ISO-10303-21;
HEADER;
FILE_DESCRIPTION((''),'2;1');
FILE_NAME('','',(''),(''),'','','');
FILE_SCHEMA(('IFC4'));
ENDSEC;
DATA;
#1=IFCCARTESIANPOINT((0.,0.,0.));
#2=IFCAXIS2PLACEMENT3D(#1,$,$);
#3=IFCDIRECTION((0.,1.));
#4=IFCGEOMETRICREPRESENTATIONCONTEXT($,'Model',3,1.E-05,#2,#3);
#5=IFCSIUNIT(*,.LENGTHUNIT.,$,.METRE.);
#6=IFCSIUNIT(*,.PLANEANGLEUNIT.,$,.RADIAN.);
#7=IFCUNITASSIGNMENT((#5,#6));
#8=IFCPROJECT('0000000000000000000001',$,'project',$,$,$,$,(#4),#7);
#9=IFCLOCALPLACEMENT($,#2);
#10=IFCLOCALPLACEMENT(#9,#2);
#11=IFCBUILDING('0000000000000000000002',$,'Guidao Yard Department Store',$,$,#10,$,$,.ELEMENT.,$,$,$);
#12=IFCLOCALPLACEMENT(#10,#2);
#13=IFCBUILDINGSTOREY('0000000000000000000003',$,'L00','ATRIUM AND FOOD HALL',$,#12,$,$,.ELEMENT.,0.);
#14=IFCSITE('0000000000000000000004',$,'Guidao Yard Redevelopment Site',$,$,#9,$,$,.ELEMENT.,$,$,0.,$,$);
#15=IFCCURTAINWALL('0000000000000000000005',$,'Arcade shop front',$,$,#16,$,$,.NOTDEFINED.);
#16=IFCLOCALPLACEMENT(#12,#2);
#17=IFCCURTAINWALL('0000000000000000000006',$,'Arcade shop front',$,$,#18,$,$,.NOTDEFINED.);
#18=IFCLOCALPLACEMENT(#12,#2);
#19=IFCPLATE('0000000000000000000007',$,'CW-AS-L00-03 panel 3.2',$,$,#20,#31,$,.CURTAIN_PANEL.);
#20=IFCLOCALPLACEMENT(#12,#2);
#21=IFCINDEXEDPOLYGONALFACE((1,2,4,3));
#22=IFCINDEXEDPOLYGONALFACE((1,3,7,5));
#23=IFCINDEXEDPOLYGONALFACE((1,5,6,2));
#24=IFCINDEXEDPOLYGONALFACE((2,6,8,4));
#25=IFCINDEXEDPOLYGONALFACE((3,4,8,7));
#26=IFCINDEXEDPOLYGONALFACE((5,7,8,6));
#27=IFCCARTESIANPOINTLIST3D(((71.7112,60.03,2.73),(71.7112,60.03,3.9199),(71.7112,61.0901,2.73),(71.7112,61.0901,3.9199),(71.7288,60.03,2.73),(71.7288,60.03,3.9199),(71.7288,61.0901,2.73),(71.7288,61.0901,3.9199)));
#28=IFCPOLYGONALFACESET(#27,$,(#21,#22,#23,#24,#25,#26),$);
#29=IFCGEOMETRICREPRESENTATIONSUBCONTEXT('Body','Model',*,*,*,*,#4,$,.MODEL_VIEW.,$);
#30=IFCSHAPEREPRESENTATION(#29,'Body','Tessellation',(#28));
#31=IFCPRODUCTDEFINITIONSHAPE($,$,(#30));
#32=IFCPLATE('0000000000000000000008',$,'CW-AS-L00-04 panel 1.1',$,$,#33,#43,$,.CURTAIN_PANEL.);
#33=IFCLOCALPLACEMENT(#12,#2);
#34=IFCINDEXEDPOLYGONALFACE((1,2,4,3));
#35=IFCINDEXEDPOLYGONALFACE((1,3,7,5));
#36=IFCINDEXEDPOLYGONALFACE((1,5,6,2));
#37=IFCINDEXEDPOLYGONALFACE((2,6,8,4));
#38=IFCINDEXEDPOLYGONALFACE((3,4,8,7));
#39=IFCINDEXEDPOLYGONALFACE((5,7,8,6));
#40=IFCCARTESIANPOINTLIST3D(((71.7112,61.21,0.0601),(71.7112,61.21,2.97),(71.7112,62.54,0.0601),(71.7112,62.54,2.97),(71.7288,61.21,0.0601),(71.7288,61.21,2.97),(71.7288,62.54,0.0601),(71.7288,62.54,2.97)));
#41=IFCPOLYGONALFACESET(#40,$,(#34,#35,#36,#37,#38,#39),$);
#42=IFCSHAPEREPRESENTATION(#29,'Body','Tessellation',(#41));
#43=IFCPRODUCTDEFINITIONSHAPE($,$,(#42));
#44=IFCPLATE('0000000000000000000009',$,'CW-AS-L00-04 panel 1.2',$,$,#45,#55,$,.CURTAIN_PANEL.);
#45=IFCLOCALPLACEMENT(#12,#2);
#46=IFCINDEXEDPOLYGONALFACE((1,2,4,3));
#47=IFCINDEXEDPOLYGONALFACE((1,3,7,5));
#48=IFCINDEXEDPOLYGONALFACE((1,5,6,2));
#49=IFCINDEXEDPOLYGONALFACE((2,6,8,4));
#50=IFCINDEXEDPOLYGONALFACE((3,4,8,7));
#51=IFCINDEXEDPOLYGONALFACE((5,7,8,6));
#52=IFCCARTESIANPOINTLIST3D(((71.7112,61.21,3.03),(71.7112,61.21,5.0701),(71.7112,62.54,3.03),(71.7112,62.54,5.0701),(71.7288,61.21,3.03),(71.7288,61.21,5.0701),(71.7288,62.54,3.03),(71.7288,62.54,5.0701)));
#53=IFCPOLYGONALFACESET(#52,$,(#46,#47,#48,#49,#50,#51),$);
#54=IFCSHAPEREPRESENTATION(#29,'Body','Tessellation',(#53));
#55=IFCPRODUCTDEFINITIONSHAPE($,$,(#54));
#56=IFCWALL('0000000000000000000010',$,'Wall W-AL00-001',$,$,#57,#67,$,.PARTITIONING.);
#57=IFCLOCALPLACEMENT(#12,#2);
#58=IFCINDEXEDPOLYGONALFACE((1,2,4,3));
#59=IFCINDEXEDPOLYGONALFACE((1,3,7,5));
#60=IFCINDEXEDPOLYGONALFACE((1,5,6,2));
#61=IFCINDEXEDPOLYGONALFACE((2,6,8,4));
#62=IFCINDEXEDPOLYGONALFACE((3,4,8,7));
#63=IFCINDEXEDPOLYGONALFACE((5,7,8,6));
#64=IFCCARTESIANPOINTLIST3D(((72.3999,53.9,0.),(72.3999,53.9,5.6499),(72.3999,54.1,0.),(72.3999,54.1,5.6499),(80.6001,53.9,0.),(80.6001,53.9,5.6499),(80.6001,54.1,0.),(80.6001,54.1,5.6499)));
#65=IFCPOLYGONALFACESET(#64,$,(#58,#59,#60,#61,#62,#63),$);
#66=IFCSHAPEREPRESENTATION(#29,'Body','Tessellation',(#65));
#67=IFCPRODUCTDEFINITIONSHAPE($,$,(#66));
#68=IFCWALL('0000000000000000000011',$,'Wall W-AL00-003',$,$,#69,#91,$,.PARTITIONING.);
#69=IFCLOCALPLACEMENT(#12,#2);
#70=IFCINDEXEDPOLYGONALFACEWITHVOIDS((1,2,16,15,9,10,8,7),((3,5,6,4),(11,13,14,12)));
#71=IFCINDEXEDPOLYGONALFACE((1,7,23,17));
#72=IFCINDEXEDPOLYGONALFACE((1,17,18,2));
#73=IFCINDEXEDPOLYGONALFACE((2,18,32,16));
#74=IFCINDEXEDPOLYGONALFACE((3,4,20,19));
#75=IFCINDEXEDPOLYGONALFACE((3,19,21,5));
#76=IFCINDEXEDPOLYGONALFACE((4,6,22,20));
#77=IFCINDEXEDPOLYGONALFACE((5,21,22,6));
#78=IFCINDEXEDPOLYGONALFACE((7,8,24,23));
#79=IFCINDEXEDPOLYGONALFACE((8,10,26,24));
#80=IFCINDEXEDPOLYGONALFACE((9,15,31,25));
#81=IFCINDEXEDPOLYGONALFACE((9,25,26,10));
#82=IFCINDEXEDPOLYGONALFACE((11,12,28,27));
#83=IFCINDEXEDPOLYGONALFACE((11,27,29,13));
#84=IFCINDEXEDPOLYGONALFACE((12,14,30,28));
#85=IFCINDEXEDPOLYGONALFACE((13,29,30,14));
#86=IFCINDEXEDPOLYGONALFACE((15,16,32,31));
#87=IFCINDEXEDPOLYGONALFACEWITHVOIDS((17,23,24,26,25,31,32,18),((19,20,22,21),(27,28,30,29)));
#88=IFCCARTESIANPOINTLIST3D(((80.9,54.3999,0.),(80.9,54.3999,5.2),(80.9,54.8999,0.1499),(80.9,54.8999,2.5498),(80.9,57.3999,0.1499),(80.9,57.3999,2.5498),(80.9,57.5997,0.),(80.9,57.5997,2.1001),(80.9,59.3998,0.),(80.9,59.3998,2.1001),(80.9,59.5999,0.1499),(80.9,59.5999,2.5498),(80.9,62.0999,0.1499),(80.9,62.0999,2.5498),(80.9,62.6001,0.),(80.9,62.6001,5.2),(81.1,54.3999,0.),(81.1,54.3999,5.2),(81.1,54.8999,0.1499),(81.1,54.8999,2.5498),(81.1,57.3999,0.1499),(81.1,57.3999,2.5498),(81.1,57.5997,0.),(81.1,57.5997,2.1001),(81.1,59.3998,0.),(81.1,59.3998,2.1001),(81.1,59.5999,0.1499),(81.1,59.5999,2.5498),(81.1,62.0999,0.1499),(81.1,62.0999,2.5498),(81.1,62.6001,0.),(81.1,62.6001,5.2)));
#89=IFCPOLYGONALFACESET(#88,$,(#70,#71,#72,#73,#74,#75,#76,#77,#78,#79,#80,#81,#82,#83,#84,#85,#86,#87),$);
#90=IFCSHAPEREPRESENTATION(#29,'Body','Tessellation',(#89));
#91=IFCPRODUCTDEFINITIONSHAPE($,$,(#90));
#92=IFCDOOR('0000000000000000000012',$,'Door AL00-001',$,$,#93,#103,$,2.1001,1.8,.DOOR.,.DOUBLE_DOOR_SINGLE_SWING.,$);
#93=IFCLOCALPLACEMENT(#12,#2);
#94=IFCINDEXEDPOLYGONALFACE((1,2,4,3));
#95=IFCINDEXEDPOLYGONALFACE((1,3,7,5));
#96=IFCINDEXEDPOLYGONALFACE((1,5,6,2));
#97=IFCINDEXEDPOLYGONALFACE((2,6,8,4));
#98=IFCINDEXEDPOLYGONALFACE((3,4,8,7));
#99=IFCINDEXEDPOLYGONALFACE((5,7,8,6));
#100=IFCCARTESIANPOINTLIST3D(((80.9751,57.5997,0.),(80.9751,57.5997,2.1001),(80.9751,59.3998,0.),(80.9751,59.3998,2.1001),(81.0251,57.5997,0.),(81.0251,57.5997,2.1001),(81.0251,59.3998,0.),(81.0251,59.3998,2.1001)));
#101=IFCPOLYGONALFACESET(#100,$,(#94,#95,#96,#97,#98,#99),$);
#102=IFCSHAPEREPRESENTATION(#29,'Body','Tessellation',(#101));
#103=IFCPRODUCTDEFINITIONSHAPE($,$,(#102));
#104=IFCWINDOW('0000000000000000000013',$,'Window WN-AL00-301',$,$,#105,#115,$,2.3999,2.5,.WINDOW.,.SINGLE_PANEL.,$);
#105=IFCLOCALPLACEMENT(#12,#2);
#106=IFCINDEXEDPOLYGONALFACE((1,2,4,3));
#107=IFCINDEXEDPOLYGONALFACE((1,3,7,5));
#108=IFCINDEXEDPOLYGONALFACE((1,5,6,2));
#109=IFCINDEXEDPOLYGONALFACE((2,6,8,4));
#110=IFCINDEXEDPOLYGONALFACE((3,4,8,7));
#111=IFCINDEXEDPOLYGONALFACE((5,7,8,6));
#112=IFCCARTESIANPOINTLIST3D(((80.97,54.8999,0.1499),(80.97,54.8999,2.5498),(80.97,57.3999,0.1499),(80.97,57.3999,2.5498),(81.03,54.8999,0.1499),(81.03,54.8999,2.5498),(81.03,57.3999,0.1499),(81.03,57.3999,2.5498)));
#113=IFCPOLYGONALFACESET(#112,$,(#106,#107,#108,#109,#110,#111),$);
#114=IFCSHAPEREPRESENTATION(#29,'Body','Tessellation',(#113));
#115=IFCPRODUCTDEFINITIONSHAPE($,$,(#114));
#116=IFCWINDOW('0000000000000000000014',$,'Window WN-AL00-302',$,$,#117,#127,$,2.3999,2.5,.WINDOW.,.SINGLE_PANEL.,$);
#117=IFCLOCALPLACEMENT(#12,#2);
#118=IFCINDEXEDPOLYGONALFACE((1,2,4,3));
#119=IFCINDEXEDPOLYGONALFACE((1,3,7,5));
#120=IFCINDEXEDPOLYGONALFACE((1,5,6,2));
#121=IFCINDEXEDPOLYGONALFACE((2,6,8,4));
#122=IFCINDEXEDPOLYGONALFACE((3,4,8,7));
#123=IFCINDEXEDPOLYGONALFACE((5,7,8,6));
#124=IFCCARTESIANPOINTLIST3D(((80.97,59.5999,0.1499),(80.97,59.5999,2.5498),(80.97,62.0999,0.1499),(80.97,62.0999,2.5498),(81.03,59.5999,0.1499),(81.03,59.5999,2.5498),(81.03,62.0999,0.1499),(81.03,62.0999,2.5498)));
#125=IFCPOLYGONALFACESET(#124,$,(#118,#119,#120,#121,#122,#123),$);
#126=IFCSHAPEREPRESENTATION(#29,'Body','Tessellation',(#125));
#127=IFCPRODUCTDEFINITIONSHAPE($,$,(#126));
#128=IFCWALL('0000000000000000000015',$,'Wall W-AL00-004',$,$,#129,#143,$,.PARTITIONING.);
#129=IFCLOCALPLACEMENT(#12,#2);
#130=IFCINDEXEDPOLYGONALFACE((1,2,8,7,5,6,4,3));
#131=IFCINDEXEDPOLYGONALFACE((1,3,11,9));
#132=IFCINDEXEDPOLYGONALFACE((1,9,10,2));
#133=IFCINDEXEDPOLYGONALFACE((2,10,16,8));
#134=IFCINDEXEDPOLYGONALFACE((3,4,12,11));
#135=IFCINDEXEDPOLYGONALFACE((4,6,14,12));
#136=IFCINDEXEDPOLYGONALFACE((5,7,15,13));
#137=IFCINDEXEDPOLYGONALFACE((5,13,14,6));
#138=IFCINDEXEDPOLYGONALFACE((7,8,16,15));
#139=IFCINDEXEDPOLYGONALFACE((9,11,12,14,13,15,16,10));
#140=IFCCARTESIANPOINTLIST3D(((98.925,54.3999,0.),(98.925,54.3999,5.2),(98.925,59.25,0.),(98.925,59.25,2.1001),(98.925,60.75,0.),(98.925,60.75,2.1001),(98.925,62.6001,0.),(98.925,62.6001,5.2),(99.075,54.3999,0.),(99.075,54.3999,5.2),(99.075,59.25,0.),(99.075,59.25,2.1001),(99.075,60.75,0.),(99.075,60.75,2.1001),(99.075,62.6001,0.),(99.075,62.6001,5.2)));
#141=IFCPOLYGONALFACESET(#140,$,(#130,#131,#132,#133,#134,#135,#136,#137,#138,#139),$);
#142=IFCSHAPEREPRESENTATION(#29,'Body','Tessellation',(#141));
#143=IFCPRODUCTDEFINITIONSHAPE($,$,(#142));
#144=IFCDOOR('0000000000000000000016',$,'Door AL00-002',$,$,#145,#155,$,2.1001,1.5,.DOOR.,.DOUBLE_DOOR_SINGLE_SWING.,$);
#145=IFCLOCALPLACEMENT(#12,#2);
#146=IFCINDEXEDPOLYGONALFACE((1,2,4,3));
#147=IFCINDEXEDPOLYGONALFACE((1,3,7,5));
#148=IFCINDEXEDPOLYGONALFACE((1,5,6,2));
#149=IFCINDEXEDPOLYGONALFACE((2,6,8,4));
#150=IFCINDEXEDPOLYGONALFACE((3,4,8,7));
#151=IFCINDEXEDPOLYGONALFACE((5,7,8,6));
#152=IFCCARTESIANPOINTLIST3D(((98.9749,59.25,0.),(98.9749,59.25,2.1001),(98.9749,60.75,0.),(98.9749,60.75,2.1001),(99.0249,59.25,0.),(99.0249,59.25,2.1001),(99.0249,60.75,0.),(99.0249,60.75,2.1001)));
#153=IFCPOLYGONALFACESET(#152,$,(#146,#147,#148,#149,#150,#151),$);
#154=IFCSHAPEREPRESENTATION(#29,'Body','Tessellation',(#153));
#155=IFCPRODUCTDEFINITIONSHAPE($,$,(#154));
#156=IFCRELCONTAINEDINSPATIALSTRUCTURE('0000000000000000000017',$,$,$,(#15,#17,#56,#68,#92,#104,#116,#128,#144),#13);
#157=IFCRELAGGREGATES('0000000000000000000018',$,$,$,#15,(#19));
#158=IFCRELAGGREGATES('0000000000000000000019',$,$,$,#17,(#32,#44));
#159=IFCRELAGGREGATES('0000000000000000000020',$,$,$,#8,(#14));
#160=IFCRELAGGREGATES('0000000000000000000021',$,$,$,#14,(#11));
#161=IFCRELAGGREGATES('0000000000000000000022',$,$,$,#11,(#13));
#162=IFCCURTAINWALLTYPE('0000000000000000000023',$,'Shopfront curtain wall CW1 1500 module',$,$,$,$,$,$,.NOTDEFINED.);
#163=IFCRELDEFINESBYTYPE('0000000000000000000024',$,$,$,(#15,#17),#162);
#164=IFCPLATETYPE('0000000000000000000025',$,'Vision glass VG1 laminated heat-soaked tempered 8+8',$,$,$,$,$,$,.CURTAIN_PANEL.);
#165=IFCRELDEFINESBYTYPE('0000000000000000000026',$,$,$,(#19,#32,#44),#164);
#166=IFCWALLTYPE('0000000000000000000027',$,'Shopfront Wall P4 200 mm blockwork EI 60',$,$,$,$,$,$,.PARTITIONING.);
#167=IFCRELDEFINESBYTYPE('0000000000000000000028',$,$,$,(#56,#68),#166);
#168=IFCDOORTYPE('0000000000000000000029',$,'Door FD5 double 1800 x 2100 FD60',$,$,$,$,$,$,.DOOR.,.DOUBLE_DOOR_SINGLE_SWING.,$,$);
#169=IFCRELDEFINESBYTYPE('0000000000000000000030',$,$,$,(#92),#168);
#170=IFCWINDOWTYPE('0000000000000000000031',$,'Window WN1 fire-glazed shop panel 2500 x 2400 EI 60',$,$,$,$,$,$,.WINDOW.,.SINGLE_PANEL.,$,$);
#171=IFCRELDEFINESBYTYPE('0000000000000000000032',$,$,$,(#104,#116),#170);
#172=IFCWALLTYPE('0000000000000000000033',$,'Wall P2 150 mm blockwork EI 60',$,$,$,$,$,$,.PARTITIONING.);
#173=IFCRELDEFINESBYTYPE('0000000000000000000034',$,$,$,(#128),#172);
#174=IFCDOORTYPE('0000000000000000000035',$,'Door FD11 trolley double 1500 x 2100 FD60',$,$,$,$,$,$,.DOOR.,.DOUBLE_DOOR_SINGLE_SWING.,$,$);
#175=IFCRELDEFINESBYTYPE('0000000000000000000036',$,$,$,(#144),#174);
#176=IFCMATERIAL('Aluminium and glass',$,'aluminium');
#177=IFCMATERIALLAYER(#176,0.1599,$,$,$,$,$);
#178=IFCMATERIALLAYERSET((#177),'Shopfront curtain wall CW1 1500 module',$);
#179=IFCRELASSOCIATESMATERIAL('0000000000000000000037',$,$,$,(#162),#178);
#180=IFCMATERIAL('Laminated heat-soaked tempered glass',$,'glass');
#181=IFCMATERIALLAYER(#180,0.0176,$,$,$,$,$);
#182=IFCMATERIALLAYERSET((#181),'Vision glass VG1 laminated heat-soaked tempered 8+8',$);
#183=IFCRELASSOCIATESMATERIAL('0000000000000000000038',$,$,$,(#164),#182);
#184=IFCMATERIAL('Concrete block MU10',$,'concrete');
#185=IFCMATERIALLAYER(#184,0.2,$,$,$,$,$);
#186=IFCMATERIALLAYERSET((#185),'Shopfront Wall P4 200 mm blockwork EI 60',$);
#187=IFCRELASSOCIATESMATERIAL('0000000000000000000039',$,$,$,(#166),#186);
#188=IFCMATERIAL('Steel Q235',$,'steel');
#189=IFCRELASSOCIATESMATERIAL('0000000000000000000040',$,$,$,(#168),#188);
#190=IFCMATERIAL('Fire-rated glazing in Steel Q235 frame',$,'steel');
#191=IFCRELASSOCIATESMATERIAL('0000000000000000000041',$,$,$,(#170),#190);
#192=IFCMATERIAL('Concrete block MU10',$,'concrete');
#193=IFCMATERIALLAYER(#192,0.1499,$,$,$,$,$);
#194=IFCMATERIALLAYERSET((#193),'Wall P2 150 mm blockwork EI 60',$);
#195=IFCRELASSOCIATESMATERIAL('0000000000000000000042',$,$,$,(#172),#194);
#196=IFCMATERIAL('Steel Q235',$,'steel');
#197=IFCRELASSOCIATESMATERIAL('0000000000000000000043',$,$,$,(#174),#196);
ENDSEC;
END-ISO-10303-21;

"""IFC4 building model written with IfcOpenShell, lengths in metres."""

from ifc_helpers import new_model, si_unit, direction, frame, frame_2d, origin, origin_2d, place, context, subcontext, project, spatial, rectangle, extrude, material, layer, layer_set, type_object, element, fill, aggregate, save


model = new_model("IFC4")

# Units and contexts
model_context = context("Model", 3, precision=1e-05, world=origin(), true_north=direction((0.0, 1.0)))
body_context = subcontext(model_context, "Body", "Model", "MODEL_VIEW")
ifc_project = project(units=[si_unit("LENGTHUNIT", "METRE"), si_unit("PLANEANGLEUNIT", "RADIAN")], contexts=[model_context])

# Site, building, storey
site_placement = place(None, origin())
site = spatial("IfcSite", under=ifc_project, at=site_placement, Name="Guidao Yard Redevelopment Site", CompositionType="ELEMENT", RefElevation=0.0)
building_placement = place(site_placement, origin())
building = spatial("IfcBuilding", under=site, at=building_placement, Name="Guidao Yard Department Store", CompositionType="ELEMENT")
storey_placement = place(building_placement, origin())
storey = spatial("IfcBuildingStorey", under=building, at=storey_placement, Name="L00", Description="ATRIUM AND FOOD HALL", CompositionType="ELEMENT", Elevation=0.0)

# Curtain wall
ifc_material_1 = material(Name="Aluminium and glass", Category="aluminium")
ifc_layer_1 = layer(ifc_material_1, 0.1599)
ifc_layer_set_1 = layer_set([ifc_layer_1], Name="Shopfront curtain wall CW1 1500 module")
curtain_wall_type = type_object("IfcCurtainWallType", Name="Shopfront curtain wall CW1 1500 module", PredefinedType="NOTDEFINED", material=ifc_layer_set_1)
curtain_wall_1_placement = place(storey_placement, origin())
curtain_wall_1 = element("IfcCurtainWall", 1, at=curtain_wall_1_placement, inside=storey, type_object=curtain_wall_type, Name="Arcade shop front", PredefinedType="NOTDEFINED")

# Curtain wall
curtain_wall_2_placement = place(storey_placement, origin())
curtain_wall_2 = element("IfcCurtainWall", 2, at=curtain_wall_2_placement, inside=storey, type_object=curtain_wall_type, Name="Arcade shop front", PredefinedType="NOTDEFINED")

# Plates
ifc_material_2 = material(Name="Laminated heat-soaked tempered glass", Category="glass")
ifc_layer_2 = layer(ifc_material_2, 0.0176)
ifc_layer_set_2 = layer_set([ifc_layer_2], Name="Vision glass VG1 laminated heat-soaked tempered 8+8")
plate_type_1 = type_object("IfcPlateType", Name="Vision glass VG1 laminated heat-soaked tempered 8+8", PredefinedType="CURTAIN_PANEL", material=ifc_layer_set_2)
plate_1_placement = place(storey_placement, frame((71.72, 60.5601, 2.73), z_axis=(0.0, 0.0, 1.0), x_axis=(0.0, 1.0, 0.0)))
plate_1 = element("IfcPlate", 3, at=plate_1_placement, type_object=plate_type_1, Name="CW-AS-L00-03 panel 3.2", PredefinedType="CURTAIN_PANEL", context=body_context, shape_type="SweptSolid", body=[
    extrude(rectangle(XDim=1.0601, YDim=0.0176, at=origin_2d()), origin(), (0.0, 0.0, 1.0), 1.1899),
])
aggregate(curtain_wall_1, [plate_1])
plate_2_placement = place(storey_placement, frame((71.72, 61.875, 0.0601), z_axis=(0.0, 0.0, 1.0), x_axis=(0.0, 1.0, 0.0)))
plate_2 = element("IfcPlate", 4, at=plate_2_placement, type_object=plate_type_1, Name="CW-AS-L00-04 panel 1.1", PredefinedType="CURTAIN_PANEL", context=body_context, shape_type="SweptSolid", body=[
    extrude(rectangle(XDim=1.3301, YDim=0.0176, at=origin_2d()), origin(), (0.0, 0.0, 1.0), 2.9099),
])
plate_3_placement = place(storey_placement, frame((71.72, 61.875, 3.03), z_axis=(0.0, 0.0, 1.0), x_axis=(0.0, 1.0, 0.0)))
plate_3 = element("IfcPlate", 5, at=plate_3_placement, type_object=plate_type_1, Name="CW-AS-L00-04 panel 1.2", PredefinedType="CURTAIN_PANEL", context=body_context, shape_type="SweptSolid", body=[
    extrude(rectangle(XDim=1.3301, YDim=0.0176, at=origin_2d()), origin(), (0.0, 0.0, 1.0), 2.04),
])
aggregate(curtain_wall_2, [plate_2, plate_3])

# Wall
ifc_material_3 = material(Name="Concrete block MU10", Category="concrete")
ifc_layer_3 = layer(ifc_material_3, 0.2)
ifc_layer_set_3 = layer_set([ifc_layer_3], Name="Shopfront Wall P4 200 mm blockwork EI 60")
wall_type_1 = type_object("IfcWallType", Name="Shopfront Wall P4 200 mm blockwork EI 60", PredefinedType="PARTITIONING", material=ifc_layer_set_3)
wall_1_placement = place(storey_placement, frame((72.3999, 54.0, 0.0), z_axis=(0.0, 0.0, 1.0), x_axis=(1.0, 0.0, 0.0)))
element("IfcWall", 6, at=wall_1_placement, inside=storey, type_object=wall_type_1, Name="Wall W-AL00-001", PredefinedType="PARTITIONING", context=body_context, shape_type="SweptSolid", body=[
    extrude(rectangle(XDim=8.2002, YDim=0.2, at=frame_2d((4.1001, 0.0))), origin(), (0.0, 0.0, 1.0), 5.6499),
])

# Wall, openings, door, windows
wall_2_placement = place(storey_placement, frame((81.0, 54.3999, 0.0), z_axis=(0.0, 0.0, 1.0), x_axis=(0.0, 1.0, 0.0)))
wall_2 = element("IfcWall", 7, at=wall_2_placement, inside=storey, type_object=wall_type_1, Name="Wall W-AL00-003", PredefinedType="PARTITIONING", context=body_context, shape_type="SweptSolid", body=[
    extrude(rectangle(XDim=8.2002, YDim=0.2, at=frame_2d((4.1001, 0.0))), origin(), (0.0, 0.0, 1.0), 5.2),
])
opening_1_placement = place(wall_2_placement, frame((3.2, 0.0, 0.0)))
opening_1 = element("IfcOpeningElement", 8, at=opening_1_placement, cuts=wall_2, PredefinedType="OPENING", context=body_context, shape_type="SweptSolid", body=[
    extrude(rectangle(XDim=1.8, YDim=2.1001, at=frame_2d((0.8999, 1.05))), frame((0.0, 0.1099, 0.0), z_axis=(0.0, -1.0, 0.0), x_axis=(1.0, 0.0, 0.0)), (0.0, 0.0, 1.0), 0.22),
])
opening_2_placement = place(wall_2_placement, frame((0.5, 0.0, 0.1499)))
opening_2 = element("IfcOpeningElement", 9, at=opening_2_placement, cuts=wall_2, PredefinedType="OPENING", context=body_context, shape_type="SweptSolid", body=[
    extrude(rectangle(XDim=2.5, YDim=2.3999, at=frame_2d((1.25, 1.2))), frame((0.0, 0.1099, 0.0), z_axis=(0.0, -1.0, 0.0), x_axis=(1.0, 0.0, 0.0)), (0.0, 0.0, 1.0), 0.22),
])
opening_3_placement = place(wall_2_placement, frame((5.2, 0.0, 0.1499)))
opening_3 = element("IfcOpeningElement", 10, at=opening_3_placement, cuts=wall_2, PredefinedType="OPENING", context=body_context, shape_type="SweptSolid", body=[
    extrude(rectangle(XDim=2.5, YDim=2.3999, at=frame_2d((1.25, 1.2))), frame((0.0, 0.1099, 0.0), z_axis=(0.0, -1.0, 0.0), x_axis=(1.0, 0.0, 0.0)), (0.0, 0.0, 1.0), 0.22),
])
ifc_material_4 = material(Name="Steel Q235", Category="steel")
door_type_1 = type_object("IfcDoorType", Name="Door FD5 double 1800 x 2100 FD60", OperationType="DOUBLE_DOOR_SINGLE_SWING", PredefinedType="DOOR", material=ifc_material_4)
door_1_placement = place(opening_1_placement, origin())
door_1 = element("IfcDoor", 11, at=door_1_placement, inside=storey, type_object=door_type_1, Name="Door AL00-001", OperationType="DOUBLE_DOOR_SINGLE_SWING", OverallHeight=2.1001, OverallWidth=1.8, PredefinedType="DOOR", context=body_context, shape_type="SweptSolid", body=[
    extrude(rectangle(XDim=1.8, YDim=2.1001, at=frame_2d((0.8999, 1.05))), frame((0.0, 0.0249, 0.0), z_axis=(0.0, -1.0, 0.0), x_axis=(1.0, 0.0, 0.0)), (0.0, 0.0, 1.0), 0.05),
])
fill(opening_1, door_1)
ifc_material_5 = material(Name="Fire-rated glazing in Steel Q235 frame", Category="steel")
window_type = type_object("IfcWindowType", Name="Window WN1 fire-glazed shop panel 2500 x 2400 EI 60", PartitioningType="SINGLE_PANEL", PredefinedType="WINDOW", material=ifc_material_5)
window_1_placement = place(opening_2_placement, origin())
window_1 = element("IfcWindow", 12, at=window_1_placement, inside=storey, type_object=window_type, Name="Window WN-AL00-301", OverallHeight=2.3999, OverallWidth=2.5, PartitioningType="SINGLE_PANEL", PredefinedType="WINDOW", context=body_context, shape_type="SweptSolid", body=[
    extrude(rectangle(XDim=2.5, YDim=2.3999, at=frame_2d((1.25, 1.2))), frame((0.0, 0.03, 0.0), z_axis=(0.0, -1.0, 0.0), x_axis=(1.0, 0.0, 0.0)), (0.0, 0.0, 1.0), 0.0601),
])
fill(opening_2, window_1)
window_2_placement = place(opening_3_placement, origin())
window_2 = element("IfcWindow", 13, at=window_2_placement, inside=storey, type_object=window_type, Name="Window WN-AL00-302", OverallHeight=2.3999, OverallWidth=2.5, PartitioningType="SINGLE_PANEL", PredefinedType="WINDOW", context=body_context, shape_type="SweptSolid", body=[
    extrude(rectangle(XDim=2.5, YDim=2.3999, at=frame_2d((1.25, 1.2))), frame((0.0, 0.03, 0.0), z_axis=(0.0, -1.0, 0.0), x_axis=(1.0, 0.0, 0.0)), (0.0, 0.0, 1.0), 0.0601),
])
fill(opening_3, window_2)

# Wall, opening, door
ifc_material_6 = material(Name="Concrete block MU10", Category="concrete")
ifc_layer_4 = layer(ifc_material_6, 0.1499)
ifc_layer_set_4 = layer_set([ifc_layer_4], Name="Wall P2 150 mm blockwork EI 60")
wall_type_2 = type_object("IfcWallType", Name="Wall P2 150 mm blockwork EI 60", PredefinedType="PARTITIONING", material=ifc_layer_set_4)
wall_3_placement = place(storey_placement, frame((99.0, 54.3999, 0.0), z_axis=(0.0, 0.0, 1.0), x_axis=(0.0, 1.0, 0.0)))
wall_3 = element("IfcWall", 14, at=wall_3_placement, inside=storey, type_object=wall_type_2, Name="Wall W-AL00-004", PredefinedType="PARTITIONING", context=body_context, shape_type="SweptSolid", body=[
    extrude(rectangle(XDim=8.2002, YDim=0.1499, at=frame_2d((4.1001, 0.0))), origin(), (0.0, 0.0, 1.0), 5.2),
])
opening_4_placement = place(wall_3_placement, frame((6.3501, 0.0, 0.0), z_axis=(0.0, 0.0, 1.0), x_axis=(-1.0, 0.0, 0.0)))
opening_4 = element("IfcOpeningElement", 15, at=opening_4_placement, cuts=wall_3, PredefinedType="OPENING", context=body_context, shape_type="SweptSolid", body=[
    extrude(rectangle(XDim=1.5, YDim=2.1001, at=frame_2d((0.75, 1.05))), frame((0.0, 0.085, 0.0), z_axis=(0.0, -1.0, 0.0), x_axis=(1.0, 0.0, 0.0)), (0.0, 0.0, 1.0), 0.1699),
])
ifc_material_7 = material(Name="Steel Q235", Category="steel")
door_type_2 = type_object("IfcDoorType", Name="Door FD11 trolley double 1500 x 2100 FD60", OperationType="DOUBLE_DOOR_SINGLE_SWING", PredefinedType="DOOR", material=ifc_material_7)
door_2_placement = place(opening_4_placement, origin())
door_2 = element("IfcDoor", 16, at=door_2_placement, inside=storey, type_object=door_type_2, Name="Door AL00-002", OperationType="DOUBLE_DOOR_SINGLE_SWING", OverallHeight=2.1001, OverallWidth=1.5, PredefinedType="DOOR", context=body_context, shape_type="SweptSolid", body=[
    extrude(rectangle(XDim=1.5, YDim=2.1001, at=frame_2d((0.75, 1.05))), frame((0.0, 0.0249, 0.0), z_axis=(0.0, -1.0, 0.0), x_axis=(1.0, 0.0, 0.0)), (0.0, 0.0, 1.0), 0.05),
])
fill(opening_4, door_2)

save(model, "model.ifc")
